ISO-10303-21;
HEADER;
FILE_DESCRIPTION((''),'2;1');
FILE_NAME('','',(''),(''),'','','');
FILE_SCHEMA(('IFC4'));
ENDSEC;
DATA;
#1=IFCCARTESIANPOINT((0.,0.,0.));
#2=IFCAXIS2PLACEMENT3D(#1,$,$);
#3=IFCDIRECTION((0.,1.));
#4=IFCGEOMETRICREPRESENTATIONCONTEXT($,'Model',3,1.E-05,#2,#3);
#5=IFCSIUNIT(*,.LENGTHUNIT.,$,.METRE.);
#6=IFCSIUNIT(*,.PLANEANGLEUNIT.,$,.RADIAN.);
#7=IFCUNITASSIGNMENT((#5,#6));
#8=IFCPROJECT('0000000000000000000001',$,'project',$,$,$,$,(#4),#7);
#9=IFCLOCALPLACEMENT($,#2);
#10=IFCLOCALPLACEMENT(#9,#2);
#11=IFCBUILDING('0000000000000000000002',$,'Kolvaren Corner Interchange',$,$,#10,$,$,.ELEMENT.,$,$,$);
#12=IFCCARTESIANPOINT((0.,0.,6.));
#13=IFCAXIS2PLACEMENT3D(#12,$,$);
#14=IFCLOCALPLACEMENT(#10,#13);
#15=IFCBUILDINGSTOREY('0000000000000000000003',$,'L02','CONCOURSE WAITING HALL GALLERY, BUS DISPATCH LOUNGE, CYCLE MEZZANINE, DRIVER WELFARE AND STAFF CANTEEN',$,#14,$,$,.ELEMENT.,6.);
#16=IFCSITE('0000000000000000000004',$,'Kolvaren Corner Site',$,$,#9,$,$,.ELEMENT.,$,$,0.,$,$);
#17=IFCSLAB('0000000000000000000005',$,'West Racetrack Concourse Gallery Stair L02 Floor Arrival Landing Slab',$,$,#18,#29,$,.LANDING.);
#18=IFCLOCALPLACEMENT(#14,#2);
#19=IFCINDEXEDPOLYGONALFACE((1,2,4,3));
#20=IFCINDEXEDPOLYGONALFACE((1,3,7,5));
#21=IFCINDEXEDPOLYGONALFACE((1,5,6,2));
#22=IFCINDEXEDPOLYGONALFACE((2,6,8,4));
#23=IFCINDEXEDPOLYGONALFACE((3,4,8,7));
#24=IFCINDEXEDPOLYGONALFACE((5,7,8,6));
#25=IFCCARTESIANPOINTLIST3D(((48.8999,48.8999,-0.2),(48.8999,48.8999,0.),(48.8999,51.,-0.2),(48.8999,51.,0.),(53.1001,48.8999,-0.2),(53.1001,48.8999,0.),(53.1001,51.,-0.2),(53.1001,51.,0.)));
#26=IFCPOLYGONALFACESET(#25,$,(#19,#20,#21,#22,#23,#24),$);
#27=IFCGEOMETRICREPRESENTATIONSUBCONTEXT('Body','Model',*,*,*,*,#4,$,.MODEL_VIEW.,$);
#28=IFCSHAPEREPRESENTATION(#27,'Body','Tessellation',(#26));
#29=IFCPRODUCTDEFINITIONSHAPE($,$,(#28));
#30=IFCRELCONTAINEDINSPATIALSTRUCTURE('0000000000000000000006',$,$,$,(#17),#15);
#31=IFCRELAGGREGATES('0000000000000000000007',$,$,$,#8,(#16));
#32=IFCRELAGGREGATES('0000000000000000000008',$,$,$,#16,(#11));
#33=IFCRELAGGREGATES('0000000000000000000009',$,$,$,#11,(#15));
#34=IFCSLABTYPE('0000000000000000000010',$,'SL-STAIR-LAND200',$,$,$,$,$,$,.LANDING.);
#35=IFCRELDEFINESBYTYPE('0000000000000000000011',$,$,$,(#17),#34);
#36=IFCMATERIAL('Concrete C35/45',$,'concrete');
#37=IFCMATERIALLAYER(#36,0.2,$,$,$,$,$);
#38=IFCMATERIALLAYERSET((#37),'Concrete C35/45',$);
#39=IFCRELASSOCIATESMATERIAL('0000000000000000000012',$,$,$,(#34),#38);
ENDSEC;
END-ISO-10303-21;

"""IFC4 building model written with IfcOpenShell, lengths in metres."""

from ifc_helpers import new_model, si_unit, direction, frame, origin, place, context, subcontext, project, spatial, polyline, outline, extrude, material, layer, layer_set, type_object, element, save


model = new_model("IFC4")

# Units and contexts
model_context = context("Model", 3, precision=1e-05, world=origin(), true_north=direction((0.0, 1.0)))
body_context = subcontext(model_context, "Body", "Model", "MODEL_VIEW")
ifc_project = project(units=[si_unit("LENGTHUNIT", "METRE"), si_unit("PLANEANGLEUNIT", "RADIAN")], contexts=[model_context])

# Site, building, storey
site_placement = place(None, origin())
site = spatial("IfcSite", under=ifc_project, at=site_placement, Name="Kolvaren Corner Site", CompositionType="ELEMENT", RefElevation=0.0)
building_placement = place(site_placement, origin())
building = spatial("IfcBuilding", under=site, at=building_placement, Name="Kolvaren Corner Interchange", CompositionType="ELEMENT")
storey_placement = place(building_placement, frame((0.0, 0.0, 6.0)))
storey = spatial("IfcBuildingStorey", under=building, at=storey_placement, Name="L02", Description="CONCOURSE WAITING HALL GALLERY, BUS DISPATCH LOUNGE, CYCLE MEZZANINE, DRIVER WELFARE AND STAFF CANTEEN", CompositionType="ELEMENT", Elevation=6.0)

# Slab
ifc_material_1 = material(Name="Concrete C35/45", Category="concrete")
ifc_layer_1 = layer(ifc_material_1, 0.2)
ifc_layer_set_1 = layer_set([ifc_layer_1], Name="Concrete C35/45")
slab_type_1 = type_object("IfcSlabType", Name="SL-STAIR-LAND200", PredefinedType="LANDING", material=ifc_layer_set_1)
slab_1_placement = place(storey_placement, frame((0.0, 0.0, -0.2)))
element("IfcSlab", 1, at=slab_1_placement, inside=storey, type_object=slab_type_1, Name="West Racetrack Concourse Gallery Stair L02 Floor Arrival Landing Slab", PredefinedType="LANDING", context=body_context, shape_type="SweptSolid", body=[
    extrude(outline(polyline([(53.1001, 48.8999), (53.1001, 51.0), (48.8999, 51.0), (48.8999, 48.8999), (53.1001, 48.8999)])), origin(), (0.0, 0.0, 1.0), 0.2),
])

save(model, "model.ifc")
